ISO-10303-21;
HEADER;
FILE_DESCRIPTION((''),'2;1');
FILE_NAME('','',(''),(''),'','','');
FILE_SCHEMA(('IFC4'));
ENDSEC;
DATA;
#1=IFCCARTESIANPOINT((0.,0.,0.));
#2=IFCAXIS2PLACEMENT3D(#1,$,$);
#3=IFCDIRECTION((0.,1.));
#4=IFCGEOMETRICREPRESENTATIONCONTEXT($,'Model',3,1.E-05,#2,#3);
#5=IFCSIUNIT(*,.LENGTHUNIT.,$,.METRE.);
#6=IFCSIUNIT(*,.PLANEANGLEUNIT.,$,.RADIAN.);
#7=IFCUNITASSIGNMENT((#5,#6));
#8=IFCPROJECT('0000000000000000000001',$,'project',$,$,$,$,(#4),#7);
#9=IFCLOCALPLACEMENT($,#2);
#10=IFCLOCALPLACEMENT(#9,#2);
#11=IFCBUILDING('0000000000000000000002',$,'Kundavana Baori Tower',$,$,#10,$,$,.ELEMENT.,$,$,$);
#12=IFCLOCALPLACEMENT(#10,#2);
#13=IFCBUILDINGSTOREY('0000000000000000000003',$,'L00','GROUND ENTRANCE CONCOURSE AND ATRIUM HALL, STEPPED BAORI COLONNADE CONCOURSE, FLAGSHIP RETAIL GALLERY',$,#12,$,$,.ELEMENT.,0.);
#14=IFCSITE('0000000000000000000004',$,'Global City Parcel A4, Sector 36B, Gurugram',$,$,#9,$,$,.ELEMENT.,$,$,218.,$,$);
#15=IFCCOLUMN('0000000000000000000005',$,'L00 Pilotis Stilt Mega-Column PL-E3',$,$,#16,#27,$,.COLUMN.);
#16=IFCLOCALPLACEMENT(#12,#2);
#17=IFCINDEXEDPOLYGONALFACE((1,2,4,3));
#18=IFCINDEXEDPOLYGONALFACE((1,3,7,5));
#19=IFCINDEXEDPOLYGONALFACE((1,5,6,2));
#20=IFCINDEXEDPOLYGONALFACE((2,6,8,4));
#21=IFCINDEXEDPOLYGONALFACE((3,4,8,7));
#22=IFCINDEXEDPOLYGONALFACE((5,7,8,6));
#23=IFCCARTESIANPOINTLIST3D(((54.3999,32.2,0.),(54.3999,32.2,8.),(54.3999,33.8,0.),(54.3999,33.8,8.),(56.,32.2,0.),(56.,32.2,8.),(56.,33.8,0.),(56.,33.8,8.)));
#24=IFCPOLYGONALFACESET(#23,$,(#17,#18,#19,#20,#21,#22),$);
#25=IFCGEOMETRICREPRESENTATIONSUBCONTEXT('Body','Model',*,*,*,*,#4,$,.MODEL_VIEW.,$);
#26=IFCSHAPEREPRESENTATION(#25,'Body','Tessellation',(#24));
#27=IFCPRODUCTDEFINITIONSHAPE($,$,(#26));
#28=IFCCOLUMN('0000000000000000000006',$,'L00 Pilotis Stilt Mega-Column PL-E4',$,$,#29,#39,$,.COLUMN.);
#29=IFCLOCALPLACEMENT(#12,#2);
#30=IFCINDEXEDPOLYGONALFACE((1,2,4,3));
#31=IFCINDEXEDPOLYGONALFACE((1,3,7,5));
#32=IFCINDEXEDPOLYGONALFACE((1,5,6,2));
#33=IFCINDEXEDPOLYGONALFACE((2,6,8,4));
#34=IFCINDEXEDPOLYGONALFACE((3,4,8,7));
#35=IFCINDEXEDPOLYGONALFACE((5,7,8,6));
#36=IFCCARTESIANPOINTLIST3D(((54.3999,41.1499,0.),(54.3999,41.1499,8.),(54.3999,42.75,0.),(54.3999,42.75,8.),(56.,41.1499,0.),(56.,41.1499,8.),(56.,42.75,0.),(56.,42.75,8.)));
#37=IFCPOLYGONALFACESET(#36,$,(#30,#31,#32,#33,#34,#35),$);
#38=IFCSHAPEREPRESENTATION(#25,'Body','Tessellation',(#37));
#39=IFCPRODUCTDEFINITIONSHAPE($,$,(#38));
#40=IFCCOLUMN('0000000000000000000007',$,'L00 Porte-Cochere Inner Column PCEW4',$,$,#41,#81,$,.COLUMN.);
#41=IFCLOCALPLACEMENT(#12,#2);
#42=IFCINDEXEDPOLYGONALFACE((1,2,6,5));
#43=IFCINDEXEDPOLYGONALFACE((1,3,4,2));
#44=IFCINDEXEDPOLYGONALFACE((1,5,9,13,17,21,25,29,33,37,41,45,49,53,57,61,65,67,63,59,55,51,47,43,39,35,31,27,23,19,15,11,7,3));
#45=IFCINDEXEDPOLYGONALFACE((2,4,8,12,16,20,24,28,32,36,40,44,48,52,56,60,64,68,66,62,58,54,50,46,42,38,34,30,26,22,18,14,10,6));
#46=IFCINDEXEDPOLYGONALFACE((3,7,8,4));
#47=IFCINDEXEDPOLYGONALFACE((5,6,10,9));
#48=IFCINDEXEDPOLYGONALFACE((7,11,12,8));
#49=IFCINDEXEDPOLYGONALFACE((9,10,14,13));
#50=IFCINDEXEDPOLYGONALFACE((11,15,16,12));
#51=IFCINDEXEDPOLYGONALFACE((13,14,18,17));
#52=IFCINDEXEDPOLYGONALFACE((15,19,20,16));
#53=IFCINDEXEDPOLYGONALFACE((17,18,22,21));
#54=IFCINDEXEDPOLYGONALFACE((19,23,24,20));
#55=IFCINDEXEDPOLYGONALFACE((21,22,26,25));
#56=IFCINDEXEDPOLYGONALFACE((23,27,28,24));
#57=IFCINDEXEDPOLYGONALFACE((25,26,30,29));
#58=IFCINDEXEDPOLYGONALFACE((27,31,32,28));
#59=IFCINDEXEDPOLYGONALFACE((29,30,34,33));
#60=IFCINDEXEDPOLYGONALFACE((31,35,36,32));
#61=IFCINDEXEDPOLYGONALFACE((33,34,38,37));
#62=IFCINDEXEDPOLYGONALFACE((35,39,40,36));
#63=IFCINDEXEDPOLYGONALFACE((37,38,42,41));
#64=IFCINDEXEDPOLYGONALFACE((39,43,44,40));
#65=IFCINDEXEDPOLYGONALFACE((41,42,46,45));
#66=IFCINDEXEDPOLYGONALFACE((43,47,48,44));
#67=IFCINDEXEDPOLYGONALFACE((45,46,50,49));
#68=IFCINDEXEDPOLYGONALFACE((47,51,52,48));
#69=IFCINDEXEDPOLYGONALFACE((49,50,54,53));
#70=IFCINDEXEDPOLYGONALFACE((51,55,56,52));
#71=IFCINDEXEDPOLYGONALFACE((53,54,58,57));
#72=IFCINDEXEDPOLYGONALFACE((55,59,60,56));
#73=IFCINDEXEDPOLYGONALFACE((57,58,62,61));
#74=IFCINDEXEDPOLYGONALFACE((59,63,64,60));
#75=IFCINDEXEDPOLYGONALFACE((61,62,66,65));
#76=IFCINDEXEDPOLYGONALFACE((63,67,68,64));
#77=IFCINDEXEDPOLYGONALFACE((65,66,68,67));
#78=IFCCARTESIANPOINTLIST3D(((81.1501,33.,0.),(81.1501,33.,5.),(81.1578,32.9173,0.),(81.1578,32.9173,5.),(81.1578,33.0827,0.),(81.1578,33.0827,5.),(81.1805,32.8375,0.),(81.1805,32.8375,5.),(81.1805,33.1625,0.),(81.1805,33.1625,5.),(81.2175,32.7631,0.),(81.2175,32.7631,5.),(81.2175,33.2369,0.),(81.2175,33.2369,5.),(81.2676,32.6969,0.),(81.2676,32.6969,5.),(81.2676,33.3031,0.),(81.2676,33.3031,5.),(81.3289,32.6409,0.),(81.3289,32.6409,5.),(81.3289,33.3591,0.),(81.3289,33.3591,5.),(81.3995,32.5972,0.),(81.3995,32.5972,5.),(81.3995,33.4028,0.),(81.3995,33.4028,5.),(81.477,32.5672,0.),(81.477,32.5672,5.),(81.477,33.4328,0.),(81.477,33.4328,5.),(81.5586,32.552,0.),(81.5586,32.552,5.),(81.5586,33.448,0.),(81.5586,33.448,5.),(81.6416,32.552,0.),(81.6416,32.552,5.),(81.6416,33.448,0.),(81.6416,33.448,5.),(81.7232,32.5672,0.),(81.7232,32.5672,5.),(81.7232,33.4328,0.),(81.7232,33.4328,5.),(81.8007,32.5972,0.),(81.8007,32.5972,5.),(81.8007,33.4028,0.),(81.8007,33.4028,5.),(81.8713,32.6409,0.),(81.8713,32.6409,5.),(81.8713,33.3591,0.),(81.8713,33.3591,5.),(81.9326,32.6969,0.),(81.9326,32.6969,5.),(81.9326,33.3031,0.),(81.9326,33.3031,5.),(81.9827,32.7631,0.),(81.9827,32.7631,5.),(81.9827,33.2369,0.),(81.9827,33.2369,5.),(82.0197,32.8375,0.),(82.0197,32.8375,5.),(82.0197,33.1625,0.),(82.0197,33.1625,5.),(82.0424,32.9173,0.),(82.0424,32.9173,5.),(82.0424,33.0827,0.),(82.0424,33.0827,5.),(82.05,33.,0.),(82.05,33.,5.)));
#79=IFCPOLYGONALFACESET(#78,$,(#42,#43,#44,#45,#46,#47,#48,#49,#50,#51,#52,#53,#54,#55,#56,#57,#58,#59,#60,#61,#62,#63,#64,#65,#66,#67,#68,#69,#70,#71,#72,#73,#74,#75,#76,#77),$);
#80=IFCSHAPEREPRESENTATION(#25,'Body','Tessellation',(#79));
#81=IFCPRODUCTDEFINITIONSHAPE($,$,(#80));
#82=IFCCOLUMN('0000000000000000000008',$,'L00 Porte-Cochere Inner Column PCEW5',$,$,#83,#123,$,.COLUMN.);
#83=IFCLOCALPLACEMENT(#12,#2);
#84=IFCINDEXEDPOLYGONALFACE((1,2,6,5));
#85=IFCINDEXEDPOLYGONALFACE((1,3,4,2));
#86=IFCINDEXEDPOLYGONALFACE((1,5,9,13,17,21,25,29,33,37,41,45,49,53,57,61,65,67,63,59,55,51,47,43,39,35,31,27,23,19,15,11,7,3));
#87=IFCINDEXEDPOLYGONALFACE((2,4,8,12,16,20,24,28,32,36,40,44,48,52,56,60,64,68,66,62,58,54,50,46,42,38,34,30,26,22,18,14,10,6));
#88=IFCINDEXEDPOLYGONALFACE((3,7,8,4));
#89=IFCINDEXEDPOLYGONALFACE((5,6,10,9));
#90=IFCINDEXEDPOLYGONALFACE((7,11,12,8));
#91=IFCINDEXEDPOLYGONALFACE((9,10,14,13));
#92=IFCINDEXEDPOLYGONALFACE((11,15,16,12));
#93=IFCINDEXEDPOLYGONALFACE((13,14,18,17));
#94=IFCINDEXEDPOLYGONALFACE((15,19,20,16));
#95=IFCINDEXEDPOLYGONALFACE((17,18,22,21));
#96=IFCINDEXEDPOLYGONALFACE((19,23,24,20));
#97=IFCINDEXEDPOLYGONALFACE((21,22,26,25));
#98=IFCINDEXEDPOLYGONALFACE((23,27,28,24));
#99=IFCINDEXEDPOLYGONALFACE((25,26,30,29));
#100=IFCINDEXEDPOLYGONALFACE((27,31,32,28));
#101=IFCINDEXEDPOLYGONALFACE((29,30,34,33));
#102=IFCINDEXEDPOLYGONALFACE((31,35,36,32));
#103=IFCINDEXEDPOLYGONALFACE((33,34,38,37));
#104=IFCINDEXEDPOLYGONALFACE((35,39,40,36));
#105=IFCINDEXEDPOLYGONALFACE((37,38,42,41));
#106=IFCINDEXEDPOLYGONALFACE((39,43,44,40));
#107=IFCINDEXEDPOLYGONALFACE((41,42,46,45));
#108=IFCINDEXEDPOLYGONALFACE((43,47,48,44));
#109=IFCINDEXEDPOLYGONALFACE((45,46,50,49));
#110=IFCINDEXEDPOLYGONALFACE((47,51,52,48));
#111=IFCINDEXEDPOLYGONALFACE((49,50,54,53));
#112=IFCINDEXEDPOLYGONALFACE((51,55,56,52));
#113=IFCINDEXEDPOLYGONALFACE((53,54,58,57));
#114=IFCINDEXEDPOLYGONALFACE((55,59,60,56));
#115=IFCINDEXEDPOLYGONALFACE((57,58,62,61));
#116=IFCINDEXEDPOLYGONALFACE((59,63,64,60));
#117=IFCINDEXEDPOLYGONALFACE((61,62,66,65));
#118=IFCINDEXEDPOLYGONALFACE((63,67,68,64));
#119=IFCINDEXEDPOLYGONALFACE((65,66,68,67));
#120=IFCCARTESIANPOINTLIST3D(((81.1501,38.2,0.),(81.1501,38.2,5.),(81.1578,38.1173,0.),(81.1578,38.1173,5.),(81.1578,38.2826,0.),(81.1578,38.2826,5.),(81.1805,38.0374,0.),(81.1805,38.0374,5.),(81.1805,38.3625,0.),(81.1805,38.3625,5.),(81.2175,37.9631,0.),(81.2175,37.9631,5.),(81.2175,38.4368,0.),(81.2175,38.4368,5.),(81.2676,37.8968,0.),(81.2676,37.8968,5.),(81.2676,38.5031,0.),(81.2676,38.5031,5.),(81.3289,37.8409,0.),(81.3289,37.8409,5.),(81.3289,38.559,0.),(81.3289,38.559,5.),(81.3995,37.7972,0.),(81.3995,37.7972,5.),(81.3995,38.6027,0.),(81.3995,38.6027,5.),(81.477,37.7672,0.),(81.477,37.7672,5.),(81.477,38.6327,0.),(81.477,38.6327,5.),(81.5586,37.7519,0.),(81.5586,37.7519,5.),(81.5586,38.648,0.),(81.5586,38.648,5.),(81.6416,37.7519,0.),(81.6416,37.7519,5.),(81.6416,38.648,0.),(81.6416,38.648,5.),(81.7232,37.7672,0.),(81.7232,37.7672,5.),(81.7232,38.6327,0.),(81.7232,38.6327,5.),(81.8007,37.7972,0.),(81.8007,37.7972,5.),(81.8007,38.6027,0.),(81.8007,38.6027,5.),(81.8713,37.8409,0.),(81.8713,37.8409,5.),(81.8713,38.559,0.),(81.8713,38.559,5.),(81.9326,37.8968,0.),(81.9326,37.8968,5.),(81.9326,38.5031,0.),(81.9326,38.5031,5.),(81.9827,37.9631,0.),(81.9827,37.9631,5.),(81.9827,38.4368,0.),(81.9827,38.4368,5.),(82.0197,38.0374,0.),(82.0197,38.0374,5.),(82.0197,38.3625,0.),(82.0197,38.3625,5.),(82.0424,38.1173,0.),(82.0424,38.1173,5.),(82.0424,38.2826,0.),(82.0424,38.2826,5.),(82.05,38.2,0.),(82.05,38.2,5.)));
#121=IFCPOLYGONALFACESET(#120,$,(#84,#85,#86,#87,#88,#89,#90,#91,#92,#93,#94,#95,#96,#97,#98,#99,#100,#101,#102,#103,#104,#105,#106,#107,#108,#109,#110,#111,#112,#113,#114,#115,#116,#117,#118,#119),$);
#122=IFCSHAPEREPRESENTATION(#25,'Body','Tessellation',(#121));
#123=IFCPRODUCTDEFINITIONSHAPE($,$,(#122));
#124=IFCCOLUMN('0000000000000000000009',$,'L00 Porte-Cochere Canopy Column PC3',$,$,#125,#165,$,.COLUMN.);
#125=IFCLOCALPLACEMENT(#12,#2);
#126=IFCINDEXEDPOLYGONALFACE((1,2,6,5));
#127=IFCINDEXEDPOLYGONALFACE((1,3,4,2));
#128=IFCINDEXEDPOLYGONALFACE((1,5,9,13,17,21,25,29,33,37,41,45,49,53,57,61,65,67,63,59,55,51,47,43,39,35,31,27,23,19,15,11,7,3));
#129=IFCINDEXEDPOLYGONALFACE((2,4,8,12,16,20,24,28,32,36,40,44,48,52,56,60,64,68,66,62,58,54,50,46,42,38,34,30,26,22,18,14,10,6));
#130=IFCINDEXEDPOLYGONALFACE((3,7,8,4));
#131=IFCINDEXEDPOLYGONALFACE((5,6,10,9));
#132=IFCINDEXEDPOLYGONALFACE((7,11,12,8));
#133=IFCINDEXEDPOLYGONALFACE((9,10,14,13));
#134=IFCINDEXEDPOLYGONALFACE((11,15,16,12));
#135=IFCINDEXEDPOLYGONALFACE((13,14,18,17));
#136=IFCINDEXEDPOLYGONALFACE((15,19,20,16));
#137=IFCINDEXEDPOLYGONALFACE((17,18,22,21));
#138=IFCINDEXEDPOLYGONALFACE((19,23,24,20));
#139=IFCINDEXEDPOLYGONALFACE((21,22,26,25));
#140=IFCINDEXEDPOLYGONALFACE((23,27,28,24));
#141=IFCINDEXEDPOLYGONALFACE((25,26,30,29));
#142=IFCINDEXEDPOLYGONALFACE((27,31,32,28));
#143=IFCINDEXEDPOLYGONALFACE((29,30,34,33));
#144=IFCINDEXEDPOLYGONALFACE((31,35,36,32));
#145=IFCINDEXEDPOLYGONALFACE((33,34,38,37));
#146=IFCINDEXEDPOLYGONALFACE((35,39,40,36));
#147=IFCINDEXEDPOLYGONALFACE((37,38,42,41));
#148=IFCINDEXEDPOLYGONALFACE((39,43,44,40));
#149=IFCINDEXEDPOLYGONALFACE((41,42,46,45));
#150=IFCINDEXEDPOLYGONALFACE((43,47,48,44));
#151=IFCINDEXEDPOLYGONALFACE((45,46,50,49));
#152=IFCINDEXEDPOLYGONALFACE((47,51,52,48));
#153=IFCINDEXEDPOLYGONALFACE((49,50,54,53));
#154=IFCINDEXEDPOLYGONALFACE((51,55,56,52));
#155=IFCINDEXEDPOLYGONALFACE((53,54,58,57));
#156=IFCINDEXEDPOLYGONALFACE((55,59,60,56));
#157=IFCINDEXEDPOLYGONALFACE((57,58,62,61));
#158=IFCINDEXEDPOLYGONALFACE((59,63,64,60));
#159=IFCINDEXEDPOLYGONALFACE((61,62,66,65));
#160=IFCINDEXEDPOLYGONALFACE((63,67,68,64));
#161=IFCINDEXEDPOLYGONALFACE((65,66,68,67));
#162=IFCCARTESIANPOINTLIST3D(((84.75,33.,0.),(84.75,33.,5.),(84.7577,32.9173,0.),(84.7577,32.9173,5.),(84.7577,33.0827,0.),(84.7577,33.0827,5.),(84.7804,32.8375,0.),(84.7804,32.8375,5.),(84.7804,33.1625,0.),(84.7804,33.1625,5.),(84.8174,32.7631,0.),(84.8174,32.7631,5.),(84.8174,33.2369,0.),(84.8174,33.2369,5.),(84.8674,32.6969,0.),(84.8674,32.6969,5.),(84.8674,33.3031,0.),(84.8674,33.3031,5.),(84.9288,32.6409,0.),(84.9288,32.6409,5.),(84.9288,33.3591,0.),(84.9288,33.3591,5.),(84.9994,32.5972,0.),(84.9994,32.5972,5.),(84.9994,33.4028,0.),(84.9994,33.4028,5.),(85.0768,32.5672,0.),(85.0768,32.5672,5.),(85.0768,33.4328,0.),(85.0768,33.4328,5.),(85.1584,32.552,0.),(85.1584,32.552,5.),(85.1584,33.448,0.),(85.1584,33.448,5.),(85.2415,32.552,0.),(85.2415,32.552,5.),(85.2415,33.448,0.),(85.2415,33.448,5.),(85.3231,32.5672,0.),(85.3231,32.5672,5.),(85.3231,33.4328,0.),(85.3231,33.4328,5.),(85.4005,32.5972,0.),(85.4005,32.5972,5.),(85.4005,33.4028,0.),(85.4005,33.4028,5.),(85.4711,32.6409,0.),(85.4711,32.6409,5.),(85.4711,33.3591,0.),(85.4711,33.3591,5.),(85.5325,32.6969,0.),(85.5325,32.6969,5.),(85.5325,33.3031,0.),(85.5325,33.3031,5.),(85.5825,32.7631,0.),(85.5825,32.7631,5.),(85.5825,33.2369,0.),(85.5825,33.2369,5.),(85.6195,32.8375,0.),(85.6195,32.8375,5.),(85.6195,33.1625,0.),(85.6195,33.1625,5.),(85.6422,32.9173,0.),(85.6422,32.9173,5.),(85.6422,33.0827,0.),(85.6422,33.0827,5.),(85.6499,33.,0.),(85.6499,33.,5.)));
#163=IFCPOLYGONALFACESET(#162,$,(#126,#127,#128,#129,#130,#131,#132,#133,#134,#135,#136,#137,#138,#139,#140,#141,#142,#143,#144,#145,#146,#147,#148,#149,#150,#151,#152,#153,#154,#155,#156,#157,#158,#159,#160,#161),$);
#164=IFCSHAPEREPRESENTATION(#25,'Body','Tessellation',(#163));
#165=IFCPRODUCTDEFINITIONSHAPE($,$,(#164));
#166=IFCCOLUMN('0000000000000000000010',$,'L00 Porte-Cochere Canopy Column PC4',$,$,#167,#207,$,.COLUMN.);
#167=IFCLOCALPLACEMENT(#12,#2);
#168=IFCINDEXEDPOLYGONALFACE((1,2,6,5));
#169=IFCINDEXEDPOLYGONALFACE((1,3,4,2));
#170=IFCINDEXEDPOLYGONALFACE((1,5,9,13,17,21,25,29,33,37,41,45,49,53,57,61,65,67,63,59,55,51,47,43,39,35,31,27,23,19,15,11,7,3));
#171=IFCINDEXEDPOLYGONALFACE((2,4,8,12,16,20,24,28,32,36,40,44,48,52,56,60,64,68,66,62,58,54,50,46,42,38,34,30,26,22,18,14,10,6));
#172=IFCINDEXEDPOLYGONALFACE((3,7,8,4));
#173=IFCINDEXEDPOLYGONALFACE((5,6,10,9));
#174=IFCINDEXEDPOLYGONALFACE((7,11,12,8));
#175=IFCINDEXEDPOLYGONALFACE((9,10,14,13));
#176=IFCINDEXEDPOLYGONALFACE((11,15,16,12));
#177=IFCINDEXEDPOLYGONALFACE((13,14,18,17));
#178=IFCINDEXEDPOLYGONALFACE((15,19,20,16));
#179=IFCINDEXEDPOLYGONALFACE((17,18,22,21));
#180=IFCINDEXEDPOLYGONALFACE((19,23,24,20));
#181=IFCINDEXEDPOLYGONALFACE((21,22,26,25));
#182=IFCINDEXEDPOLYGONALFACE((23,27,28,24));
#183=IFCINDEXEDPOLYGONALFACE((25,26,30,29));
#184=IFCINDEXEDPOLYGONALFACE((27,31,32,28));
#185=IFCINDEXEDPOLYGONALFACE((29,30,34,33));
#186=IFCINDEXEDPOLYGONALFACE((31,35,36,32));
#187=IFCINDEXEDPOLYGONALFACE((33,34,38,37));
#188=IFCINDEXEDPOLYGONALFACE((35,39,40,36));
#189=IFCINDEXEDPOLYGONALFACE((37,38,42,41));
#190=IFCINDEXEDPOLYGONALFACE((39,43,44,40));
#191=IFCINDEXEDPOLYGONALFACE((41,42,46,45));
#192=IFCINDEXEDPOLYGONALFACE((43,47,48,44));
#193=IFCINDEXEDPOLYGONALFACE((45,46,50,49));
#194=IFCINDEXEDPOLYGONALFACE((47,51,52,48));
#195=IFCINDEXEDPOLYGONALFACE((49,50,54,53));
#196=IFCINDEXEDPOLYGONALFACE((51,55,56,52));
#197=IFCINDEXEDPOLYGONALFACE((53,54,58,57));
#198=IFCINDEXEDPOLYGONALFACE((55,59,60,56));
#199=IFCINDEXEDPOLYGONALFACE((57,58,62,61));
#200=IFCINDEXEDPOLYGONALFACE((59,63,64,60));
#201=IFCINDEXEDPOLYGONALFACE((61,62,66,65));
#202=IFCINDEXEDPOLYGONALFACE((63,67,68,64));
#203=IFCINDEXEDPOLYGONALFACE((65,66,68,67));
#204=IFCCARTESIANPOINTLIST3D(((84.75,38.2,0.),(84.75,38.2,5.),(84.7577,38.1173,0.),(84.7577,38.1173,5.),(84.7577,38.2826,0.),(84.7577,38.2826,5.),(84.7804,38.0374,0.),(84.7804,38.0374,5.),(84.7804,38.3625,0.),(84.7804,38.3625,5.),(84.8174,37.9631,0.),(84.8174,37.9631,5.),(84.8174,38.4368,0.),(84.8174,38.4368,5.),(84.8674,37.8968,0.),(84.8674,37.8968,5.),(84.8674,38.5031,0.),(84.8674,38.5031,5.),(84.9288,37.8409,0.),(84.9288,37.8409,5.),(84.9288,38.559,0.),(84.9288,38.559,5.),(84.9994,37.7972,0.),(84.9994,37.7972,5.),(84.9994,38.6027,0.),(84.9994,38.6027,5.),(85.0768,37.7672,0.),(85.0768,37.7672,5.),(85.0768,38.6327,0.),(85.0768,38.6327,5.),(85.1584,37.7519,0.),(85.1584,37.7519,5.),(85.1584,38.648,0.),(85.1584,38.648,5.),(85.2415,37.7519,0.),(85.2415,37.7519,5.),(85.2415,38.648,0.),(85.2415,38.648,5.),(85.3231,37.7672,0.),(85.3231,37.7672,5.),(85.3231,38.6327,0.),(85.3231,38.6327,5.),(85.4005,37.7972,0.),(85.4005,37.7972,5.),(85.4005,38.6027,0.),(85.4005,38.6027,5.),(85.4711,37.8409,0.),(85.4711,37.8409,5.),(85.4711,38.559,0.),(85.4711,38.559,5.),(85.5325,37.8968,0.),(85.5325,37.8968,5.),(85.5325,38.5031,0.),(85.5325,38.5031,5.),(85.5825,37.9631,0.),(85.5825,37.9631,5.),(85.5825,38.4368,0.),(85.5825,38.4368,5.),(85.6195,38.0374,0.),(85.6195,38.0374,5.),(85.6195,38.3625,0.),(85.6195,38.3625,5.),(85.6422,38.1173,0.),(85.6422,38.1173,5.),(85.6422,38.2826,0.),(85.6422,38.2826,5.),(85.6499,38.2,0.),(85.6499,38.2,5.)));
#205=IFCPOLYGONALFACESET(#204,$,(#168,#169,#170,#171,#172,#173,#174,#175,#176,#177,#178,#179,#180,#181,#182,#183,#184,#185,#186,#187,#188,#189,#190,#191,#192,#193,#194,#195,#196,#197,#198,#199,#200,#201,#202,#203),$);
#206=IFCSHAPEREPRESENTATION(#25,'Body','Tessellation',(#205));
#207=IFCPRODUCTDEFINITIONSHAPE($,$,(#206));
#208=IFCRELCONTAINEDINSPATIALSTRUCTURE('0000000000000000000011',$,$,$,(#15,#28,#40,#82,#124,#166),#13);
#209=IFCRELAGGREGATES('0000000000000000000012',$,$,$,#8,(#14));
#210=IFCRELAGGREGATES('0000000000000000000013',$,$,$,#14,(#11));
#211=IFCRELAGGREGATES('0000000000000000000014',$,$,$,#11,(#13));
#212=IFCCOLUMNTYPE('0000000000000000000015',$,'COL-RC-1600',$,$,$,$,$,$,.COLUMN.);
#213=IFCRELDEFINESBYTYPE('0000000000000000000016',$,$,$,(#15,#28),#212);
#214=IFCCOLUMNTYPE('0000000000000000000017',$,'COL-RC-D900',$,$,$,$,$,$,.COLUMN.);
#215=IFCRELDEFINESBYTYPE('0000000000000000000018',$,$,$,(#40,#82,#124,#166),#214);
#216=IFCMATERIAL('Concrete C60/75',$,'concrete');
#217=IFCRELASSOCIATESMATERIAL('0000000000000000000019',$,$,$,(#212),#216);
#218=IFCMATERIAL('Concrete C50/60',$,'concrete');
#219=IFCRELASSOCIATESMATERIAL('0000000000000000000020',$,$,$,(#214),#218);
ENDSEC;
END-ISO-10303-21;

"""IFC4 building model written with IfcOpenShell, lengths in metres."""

from ifc_helpers import new_model, si_unit, direction, frame, origin, origin_2d, place, context, subcontext, project, spatial, rectangle, circle, extrude, material, material_profile, profile_set, type_object, element, save


model = new_model("IFC4")

# Units and contexts
model_context = context("Model", 3, precision=1e-05, world=origin(), true_north=direction((0.0, 1.0)))
body_context = subcontext(model_context, "Body", "Model", "MODEL_VIEW")
ifc_project = project(units=[si_unit("LENGTHUNIT", "METRE"), si_unit("PLANEANGLEUNIT", "RADIAN")], contexts=[model_context])

# Site, building, storey
site_placement = place(None, origin())
site = spatial("IfcSite", under=ifc_project, at=site_placement, Name="Global City Parcel A4, Sector 36B, Gurugram", CompositionType="ELEMENT", RefElevation=218.0)
building_placement = place(site_placement, origin())
building = spatial("IfcBuilding", under=site, at=building_placement, Name="Kundavana Baori Tower", CompositionType="ELEMENT")
storey_placement = place(building_placement, origin())
storey = spatial("IfcBuildingStorey", under=building, at=storey_placement, Name="L00", Description="GROUND ENTRANCE CONCOURSE AND ATRIUM HALL, STEPPED BAORI COLONNADE CONCOURSE, FLAGSHIP RETAIL GALLERY", CompositionType="ELEMENT", Elevation=0.0)

# Columns
ifc_material_1 = material(Name="Concrete C60/75", Category="concrete")
ifc_material_profile_1 = material_profile(ifc_material_1, rectangle(XDim=1.6001, YDim=1.6001, at=origin_2d()), Name="RC 1600x1600")
ifc_profile_set_1 = profile_set([ifc_material_profile_1], Name="Concrete C60/75")
column_type_1 = type_object("IfcColumnType", Name="COL-RC-1600", PredefinedType="COLUMN", material=ifc_profile_set_1)
for number, where, z_axis, x_axis, name in (
    (1, (55.2, 33.0, 0.0), (0.0, 0.0, 1.0), (1.0, 0.0, 0.0), "L00 Pilotis Stilt Mega-Column PL-E3"),
    (2, (55.2, 41.95, 0.0), (0.0, 0.0, 1.0), (1.0, 0.0, 0.0), "L00 Pilotis Stilt Mega-Column PL-E4"),
):
    element("IfcColumn", number, at=place(storey_placement, frame(where, z_axis=z_axis, x_axis=x_axis)), inside=storey, type_object=column_type_1, Name=name, PredefinedType="COLUMN", context=body_context, shape_type="SweptSolid", body=[
        extrude(rectangle(XDim=1.6001, YDim=1.6001, at=origin_2d()), origin(), (0.0, 0.0, 1.0), 8.0),
    ])
ifc_material_2 = material(Name="Concrete C50/60", Category="concrete")
ifc_material_profile_2 = material_profile(ifc_material_2, circle(Radius=0.45, at=origin_2d()), Name="RC D900")
ifc_profile_set_2 = profile_set([ifc_material_profile_2], Name="Concrete C50/60")
column_type_2 = type_object("IfcColumnType", Name="COL-RC-D900", PredefinedType="COLUMN", material=ifc_profile_set_2)
for number, where, z_axis, x_axis, name in (
    (3, (81.6001, 33.0, 0.0), (0.0, 0.0, 1.0), (1.0, 0.0, 0.0), "L00 Porte-Cochere Inner Column PCEW4"),
    (4, (81.6001, 38.2, 0.0), (0.0, 0.0, 1.0), (1.0, 0.0, 0.0), "L00 Porte-Cochere Inner Column PCEW5"),
    (5, (85.2, 33.0, 0.0), (0.0, 0.0, 1.0), (1.0, 0.0, 0.0), "L00 Porte-Cochere Canopy Column PC3"),
    (6, (85.2, 38.2, 0.0), (0.0, 0.0, 1.0), (1.0, 0.0, 0.0), "L00 Porte-Cochere Canopy Column PC4"),
):
    element("IfcColumn", number, at=place(storey_placement, frame(where, z_axis=z_axis, x_axis=x_axis)), inside=storey, type_object=column_type_2, Name=name, PredefinedType="COLUMN", context=body_context, shape_type="SweptSolid", body=[
        extrude(circle(Radius=0.45, at=origin_2d()), origin(), (0.0, 0.0, 1.0), 5.0),
    ])

save(model, "model.ifc")
